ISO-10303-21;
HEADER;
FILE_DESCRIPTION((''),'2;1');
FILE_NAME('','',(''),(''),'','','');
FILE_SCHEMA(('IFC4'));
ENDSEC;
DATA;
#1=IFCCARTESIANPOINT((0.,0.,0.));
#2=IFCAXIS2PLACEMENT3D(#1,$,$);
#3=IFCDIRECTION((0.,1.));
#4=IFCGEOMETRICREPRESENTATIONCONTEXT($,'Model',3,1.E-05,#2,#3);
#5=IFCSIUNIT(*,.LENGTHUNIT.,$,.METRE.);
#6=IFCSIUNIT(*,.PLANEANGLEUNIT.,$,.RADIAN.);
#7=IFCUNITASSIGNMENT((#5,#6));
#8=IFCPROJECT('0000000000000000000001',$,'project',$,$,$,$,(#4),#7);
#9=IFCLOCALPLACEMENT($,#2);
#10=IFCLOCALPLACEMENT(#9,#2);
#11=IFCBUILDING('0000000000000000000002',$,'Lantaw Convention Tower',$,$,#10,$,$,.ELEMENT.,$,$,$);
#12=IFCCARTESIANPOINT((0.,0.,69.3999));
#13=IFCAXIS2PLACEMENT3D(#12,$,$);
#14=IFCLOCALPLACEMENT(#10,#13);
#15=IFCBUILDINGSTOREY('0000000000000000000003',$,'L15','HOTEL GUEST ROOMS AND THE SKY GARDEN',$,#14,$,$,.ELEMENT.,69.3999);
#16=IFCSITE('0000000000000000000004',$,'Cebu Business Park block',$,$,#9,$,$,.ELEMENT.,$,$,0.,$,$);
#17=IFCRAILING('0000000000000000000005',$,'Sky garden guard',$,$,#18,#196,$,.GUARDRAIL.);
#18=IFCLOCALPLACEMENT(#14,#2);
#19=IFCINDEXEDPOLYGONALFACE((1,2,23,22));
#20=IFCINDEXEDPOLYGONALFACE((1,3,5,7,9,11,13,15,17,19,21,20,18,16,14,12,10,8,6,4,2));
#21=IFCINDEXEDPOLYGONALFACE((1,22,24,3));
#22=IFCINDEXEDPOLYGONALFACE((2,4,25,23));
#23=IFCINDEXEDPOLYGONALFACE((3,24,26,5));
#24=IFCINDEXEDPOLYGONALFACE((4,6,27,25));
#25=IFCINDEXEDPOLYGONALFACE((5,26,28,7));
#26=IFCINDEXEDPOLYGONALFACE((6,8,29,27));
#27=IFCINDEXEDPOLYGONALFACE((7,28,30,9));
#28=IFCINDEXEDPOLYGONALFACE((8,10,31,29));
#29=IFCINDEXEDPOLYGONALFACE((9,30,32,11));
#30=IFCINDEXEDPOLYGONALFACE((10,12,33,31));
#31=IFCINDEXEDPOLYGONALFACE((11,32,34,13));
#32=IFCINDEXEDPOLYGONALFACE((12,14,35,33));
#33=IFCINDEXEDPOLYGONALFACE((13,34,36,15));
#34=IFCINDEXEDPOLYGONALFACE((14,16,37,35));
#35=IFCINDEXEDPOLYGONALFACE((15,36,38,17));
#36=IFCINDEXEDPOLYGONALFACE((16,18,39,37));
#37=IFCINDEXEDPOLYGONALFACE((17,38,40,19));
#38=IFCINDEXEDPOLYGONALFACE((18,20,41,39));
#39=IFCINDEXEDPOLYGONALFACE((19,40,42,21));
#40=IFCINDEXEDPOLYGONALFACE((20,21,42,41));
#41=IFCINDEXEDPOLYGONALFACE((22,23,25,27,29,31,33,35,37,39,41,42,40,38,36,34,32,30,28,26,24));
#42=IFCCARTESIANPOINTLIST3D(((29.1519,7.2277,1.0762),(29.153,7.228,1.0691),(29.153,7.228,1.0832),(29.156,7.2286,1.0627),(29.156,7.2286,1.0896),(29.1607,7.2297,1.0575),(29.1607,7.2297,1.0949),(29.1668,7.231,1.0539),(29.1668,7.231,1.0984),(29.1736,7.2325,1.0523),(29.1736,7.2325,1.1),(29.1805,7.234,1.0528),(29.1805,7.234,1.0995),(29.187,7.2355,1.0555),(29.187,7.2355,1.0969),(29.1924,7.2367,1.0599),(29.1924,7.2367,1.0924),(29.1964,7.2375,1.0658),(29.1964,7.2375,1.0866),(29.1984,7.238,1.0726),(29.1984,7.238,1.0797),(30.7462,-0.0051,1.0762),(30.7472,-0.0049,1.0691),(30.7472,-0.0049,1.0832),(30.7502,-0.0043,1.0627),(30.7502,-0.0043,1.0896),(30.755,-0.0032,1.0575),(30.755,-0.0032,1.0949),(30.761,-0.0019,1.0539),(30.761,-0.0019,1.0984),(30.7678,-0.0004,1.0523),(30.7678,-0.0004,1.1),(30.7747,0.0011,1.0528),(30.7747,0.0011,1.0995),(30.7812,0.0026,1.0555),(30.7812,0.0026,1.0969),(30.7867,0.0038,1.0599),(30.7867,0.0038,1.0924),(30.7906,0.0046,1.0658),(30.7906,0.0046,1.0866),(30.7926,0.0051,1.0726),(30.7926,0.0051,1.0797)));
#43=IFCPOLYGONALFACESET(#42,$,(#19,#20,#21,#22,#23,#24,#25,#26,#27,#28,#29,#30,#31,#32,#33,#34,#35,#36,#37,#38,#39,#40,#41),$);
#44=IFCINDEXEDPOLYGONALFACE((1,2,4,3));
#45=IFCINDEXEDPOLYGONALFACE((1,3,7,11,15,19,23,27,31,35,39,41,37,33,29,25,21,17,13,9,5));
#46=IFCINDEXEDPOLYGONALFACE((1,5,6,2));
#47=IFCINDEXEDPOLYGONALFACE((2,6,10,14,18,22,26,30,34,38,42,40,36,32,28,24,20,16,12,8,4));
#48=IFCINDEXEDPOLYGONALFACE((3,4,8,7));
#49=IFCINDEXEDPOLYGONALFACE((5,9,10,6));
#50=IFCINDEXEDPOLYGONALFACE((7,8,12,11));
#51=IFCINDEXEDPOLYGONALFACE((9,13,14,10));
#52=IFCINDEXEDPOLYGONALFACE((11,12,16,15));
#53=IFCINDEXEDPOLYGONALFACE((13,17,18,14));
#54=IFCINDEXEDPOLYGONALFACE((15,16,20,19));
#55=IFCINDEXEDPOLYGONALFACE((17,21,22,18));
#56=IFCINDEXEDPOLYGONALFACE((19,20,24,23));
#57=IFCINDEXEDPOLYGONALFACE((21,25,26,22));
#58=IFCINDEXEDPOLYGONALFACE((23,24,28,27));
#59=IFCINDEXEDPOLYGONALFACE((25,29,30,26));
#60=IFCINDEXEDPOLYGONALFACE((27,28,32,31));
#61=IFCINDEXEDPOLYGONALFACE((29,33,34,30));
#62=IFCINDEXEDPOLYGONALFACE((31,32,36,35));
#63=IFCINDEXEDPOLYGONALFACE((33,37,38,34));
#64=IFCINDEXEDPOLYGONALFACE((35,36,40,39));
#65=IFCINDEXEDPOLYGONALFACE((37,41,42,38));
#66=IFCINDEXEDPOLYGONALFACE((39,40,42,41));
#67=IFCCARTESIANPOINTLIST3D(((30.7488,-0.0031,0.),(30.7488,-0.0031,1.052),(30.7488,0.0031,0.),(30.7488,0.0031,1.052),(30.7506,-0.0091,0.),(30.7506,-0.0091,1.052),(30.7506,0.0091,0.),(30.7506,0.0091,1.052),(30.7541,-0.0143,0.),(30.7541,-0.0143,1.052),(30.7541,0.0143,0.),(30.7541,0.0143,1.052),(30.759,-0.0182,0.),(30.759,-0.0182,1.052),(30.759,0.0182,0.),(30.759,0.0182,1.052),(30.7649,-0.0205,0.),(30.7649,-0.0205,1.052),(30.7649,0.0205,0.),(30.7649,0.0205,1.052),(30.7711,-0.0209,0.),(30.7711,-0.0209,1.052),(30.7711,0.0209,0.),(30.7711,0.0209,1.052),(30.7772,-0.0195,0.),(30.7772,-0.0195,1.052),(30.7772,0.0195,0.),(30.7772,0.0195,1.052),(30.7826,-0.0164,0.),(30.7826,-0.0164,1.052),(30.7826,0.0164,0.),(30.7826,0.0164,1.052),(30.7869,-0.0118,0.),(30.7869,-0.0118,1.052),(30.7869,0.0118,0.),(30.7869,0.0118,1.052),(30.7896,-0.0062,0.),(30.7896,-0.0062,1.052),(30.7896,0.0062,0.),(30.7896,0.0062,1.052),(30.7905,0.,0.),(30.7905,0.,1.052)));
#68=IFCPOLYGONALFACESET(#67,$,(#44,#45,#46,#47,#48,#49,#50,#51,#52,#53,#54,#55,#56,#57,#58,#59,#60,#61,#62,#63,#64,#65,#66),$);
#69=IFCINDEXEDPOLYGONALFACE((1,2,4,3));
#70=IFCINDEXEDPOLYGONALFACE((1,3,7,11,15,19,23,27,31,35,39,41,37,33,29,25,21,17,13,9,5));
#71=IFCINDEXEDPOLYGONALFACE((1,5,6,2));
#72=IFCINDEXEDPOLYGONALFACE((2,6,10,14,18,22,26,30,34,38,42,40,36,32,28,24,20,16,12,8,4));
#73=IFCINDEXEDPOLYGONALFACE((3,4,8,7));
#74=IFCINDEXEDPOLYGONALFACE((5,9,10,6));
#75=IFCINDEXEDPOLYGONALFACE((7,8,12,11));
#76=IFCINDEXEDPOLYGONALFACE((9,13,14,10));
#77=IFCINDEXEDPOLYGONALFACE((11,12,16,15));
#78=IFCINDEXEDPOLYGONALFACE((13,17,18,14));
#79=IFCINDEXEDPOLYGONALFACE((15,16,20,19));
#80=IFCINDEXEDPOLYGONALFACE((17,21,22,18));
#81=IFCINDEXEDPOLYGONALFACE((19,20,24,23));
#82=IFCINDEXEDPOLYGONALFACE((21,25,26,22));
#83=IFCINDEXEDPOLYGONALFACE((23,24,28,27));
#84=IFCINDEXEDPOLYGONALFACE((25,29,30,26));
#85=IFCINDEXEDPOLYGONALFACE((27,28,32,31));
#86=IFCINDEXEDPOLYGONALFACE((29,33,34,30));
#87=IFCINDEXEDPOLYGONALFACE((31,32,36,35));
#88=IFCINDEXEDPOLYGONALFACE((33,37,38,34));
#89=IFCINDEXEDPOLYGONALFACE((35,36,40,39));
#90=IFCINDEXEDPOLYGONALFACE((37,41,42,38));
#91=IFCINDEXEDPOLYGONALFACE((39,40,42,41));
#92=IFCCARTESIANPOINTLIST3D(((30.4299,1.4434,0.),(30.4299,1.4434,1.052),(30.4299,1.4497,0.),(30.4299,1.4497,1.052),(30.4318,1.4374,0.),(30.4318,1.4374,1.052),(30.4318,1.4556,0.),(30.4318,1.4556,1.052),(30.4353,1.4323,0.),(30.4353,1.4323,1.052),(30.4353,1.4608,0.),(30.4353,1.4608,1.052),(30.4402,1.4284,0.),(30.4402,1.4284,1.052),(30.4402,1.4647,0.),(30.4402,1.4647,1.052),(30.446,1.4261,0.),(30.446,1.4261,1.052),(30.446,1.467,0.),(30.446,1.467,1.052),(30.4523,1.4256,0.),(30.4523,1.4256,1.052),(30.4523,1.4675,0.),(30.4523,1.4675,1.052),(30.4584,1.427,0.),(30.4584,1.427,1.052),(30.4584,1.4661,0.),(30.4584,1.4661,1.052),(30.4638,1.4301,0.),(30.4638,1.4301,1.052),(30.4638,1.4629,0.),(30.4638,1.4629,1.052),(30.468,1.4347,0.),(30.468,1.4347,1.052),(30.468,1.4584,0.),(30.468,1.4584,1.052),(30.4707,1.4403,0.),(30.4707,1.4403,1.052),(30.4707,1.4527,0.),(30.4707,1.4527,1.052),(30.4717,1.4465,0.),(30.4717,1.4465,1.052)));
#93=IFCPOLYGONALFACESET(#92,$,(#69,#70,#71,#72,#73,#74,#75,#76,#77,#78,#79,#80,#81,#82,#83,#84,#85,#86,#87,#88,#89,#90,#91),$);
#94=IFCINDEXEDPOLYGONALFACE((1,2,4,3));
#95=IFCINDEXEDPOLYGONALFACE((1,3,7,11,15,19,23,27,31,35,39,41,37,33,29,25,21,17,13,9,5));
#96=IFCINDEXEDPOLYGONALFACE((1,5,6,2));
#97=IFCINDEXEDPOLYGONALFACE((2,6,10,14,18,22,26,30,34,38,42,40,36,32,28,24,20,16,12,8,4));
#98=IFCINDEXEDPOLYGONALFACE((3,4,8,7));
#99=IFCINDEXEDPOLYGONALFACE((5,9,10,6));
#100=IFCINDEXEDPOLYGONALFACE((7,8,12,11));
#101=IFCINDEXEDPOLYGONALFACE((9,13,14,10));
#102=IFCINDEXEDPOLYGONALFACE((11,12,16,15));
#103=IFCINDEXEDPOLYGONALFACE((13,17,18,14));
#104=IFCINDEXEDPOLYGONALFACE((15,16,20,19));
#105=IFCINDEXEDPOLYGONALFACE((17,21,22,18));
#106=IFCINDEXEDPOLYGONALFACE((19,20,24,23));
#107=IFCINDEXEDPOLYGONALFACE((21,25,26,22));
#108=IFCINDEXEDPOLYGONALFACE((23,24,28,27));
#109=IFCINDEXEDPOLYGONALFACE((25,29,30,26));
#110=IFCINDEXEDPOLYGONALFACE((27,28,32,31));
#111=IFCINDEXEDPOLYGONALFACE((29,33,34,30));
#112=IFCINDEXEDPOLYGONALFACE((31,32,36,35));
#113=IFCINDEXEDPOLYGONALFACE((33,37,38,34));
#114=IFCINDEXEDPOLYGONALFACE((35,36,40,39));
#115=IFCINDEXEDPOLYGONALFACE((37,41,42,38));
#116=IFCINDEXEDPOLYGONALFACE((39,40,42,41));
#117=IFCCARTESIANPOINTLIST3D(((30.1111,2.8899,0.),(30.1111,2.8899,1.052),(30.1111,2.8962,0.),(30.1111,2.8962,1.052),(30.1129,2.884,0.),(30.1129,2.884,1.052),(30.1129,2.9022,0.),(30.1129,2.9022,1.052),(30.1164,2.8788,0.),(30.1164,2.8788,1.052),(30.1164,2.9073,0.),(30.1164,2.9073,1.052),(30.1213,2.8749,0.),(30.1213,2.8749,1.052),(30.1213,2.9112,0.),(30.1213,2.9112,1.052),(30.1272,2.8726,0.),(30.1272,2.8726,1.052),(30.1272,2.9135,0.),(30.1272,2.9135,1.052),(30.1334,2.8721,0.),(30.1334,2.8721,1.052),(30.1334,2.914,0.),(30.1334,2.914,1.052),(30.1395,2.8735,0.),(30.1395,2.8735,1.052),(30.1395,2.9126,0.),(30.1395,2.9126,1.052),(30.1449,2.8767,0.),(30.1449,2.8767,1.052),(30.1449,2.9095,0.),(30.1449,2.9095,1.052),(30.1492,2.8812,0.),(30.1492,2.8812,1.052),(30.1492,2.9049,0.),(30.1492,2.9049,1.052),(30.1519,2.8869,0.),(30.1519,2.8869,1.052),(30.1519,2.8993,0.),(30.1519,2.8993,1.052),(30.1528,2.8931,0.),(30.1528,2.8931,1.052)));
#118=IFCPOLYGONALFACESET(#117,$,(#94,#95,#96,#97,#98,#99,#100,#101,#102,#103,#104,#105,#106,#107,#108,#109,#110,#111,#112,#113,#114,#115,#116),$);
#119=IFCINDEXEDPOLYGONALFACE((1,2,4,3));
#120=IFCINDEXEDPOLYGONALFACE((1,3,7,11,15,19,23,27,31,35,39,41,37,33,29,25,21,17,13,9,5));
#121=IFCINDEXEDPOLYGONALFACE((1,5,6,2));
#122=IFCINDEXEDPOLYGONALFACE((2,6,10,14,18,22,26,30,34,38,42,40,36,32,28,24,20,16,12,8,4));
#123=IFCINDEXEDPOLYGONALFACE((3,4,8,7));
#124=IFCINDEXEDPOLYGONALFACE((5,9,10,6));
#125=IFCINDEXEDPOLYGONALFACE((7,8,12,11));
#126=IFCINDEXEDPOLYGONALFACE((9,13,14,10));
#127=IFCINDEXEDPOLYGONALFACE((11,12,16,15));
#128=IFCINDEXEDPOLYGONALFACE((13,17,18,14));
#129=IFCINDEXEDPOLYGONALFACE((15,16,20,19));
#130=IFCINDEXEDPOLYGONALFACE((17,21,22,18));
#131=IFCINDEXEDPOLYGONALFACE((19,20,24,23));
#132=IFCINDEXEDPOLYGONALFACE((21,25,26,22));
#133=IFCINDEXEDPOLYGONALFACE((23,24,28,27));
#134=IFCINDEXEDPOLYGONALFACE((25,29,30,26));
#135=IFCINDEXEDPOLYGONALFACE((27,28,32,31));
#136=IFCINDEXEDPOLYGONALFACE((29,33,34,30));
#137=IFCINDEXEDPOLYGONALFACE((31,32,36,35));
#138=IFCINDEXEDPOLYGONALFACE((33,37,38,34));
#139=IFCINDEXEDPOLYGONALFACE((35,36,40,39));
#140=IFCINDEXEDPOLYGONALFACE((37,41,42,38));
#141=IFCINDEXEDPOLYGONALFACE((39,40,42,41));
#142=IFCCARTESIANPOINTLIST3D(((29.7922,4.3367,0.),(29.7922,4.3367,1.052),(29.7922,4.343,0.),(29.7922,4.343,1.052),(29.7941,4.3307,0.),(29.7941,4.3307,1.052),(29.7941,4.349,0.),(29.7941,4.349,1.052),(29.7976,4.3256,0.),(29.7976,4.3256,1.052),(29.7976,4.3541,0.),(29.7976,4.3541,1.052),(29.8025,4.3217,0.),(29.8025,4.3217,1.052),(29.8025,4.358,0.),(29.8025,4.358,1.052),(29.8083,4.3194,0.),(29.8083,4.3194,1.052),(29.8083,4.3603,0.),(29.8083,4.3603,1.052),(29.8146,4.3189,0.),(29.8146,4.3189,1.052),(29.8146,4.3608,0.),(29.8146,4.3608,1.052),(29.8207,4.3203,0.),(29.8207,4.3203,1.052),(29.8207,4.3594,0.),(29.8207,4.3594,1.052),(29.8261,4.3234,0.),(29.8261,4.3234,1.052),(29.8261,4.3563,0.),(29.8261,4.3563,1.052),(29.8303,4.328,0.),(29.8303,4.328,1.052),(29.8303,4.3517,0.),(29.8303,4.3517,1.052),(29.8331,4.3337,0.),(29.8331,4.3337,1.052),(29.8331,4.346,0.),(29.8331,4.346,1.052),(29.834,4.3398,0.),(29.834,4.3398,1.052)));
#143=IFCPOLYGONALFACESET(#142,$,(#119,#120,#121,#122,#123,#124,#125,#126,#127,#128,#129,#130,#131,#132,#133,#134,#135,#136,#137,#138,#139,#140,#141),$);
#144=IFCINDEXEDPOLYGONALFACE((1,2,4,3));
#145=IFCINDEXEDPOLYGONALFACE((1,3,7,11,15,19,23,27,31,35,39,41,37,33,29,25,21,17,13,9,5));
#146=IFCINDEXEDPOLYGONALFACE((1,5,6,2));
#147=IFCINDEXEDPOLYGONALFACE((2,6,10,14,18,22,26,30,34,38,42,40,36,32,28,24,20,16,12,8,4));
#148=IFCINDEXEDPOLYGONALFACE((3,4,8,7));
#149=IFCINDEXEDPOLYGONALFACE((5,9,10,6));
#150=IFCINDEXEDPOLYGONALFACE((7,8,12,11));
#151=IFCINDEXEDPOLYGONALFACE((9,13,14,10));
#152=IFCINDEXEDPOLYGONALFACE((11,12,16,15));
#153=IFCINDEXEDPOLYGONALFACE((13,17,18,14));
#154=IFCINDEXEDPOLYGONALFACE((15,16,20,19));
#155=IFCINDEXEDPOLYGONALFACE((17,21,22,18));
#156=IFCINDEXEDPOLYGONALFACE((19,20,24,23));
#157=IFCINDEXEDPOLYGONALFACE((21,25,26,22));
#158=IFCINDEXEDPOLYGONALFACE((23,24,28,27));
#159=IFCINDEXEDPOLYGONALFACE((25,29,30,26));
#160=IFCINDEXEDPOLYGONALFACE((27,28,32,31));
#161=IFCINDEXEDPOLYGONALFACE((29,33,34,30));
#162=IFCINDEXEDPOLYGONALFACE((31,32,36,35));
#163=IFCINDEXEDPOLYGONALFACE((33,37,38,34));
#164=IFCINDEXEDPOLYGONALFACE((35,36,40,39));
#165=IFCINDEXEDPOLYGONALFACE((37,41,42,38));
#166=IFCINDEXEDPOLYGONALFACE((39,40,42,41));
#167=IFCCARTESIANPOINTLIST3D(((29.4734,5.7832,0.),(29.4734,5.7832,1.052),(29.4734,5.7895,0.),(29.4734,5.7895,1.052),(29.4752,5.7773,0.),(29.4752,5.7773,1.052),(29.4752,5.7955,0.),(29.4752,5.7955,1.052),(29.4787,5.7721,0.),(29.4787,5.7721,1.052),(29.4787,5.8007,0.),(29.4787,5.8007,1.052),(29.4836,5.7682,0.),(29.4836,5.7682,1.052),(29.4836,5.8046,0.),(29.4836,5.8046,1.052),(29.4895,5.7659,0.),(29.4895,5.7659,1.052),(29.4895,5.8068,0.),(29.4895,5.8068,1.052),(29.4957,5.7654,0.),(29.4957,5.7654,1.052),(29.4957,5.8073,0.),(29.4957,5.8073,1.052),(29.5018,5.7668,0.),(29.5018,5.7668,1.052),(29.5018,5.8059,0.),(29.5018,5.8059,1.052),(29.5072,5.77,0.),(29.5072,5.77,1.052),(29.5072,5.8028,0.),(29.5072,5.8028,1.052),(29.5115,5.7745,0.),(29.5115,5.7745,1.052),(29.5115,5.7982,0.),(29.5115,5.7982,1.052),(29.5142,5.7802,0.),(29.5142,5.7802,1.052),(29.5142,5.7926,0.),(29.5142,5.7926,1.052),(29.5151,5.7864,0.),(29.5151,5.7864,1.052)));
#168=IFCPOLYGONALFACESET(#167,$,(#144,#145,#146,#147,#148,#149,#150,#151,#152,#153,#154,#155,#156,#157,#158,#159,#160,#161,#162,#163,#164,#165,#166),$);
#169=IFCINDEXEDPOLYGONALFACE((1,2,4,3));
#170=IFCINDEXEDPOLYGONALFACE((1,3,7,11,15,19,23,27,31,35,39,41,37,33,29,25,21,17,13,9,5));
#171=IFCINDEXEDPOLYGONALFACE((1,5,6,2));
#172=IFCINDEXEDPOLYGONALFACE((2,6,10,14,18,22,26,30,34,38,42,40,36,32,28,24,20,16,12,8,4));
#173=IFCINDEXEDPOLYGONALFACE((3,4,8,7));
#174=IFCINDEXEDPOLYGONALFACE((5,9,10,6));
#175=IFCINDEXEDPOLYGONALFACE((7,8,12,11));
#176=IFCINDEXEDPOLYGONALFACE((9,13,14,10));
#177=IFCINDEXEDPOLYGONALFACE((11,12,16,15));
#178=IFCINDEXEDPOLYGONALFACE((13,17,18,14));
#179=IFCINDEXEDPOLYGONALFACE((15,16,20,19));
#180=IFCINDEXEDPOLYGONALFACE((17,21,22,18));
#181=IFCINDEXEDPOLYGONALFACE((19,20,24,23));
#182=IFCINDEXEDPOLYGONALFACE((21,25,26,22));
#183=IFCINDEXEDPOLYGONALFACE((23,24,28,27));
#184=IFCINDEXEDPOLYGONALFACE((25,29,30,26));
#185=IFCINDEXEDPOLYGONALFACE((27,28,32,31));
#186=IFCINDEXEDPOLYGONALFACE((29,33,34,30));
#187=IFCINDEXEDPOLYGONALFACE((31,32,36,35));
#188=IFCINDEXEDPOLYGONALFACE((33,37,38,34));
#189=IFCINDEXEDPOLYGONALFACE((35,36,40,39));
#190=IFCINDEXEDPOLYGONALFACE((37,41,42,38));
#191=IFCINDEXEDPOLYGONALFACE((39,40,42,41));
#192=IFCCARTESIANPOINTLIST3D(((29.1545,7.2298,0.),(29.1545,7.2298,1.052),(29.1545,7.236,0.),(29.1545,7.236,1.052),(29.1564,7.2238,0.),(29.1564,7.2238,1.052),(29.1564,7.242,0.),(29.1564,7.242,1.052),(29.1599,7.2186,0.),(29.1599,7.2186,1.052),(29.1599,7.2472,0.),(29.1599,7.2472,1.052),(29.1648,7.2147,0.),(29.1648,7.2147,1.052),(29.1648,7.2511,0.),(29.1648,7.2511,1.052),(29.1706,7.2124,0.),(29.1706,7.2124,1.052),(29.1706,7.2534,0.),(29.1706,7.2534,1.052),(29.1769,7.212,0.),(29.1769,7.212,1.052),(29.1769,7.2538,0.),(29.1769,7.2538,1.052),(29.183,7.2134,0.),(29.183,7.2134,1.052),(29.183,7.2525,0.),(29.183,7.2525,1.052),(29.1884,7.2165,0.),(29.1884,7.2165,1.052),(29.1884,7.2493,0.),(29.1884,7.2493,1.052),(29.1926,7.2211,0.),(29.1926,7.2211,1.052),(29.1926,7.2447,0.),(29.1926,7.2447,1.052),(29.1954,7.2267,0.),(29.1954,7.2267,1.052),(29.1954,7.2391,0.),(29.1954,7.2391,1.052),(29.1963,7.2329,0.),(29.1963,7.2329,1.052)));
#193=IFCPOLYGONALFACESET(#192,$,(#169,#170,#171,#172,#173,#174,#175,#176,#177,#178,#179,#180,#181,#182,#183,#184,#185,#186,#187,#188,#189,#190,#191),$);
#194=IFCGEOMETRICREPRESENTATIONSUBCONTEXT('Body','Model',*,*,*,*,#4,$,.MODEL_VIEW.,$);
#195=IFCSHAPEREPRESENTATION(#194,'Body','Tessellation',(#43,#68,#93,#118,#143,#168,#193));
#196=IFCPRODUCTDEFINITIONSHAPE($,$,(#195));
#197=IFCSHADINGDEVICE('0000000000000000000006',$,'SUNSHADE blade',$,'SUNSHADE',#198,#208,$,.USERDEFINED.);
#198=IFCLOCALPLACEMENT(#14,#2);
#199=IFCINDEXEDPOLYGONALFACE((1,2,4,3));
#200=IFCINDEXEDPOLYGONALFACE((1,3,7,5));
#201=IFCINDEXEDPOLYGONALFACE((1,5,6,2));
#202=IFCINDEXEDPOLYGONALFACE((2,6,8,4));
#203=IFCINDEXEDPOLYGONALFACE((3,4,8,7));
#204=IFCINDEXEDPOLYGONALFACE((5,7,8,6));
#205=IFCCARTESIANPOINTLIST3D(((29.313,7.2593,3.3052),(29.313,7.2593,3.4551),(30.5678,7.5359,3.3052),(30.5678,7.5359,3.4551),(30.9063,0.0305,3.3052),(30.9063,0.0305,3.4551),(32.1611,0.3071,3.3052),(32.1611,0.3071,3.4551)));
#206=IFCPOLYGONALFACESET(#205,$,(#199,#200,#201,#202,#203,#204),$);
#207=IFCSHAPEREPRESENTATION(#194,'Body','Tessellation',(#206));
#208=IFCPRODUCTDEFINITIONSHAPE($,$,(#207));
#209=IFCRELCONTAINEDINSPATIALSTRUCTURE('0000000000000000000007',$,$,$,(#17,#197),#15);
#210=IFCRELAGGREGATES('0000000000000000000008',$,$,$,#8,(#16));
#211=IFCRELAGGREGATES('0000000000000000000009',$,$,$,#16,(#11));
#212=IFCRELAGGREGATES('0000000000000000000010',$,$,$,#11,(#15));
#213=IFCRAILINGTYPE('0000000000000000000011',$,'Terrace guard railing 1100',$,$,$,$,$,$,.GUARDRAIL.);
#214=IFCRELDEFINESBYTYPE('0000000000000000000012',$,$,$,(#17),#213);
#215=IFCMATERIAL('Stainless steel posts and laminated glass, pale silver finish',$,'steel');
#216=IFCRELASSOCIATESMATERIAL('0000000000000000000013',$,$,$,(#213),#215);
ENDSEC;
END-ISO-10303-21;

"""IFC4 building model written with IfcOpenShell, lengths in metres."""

from ifc_helpers import new_model, si_unit, direction, frame, origin, origin_2d, place, context, subcontext, project, spatial, rectangle, circle, extrude, material, type_object, element, save


model = new_model("IFC4")

# Units and contexts
model_context = context("Model", 3, precision=1e-05, world=origin(), true_north=direction((0.0, 1.0)))
body_context = subcontext(model_context, "Body", "Model", "MODEL_VIEW")
ifc_project = project(units=[si_unit("LENGTHUNIT", "METRE"), si_unit("PLANEANGLEUNIT", "RADIAN")], contexts=[model_context])

# Site, building, storey
site_placement = place(None, origin())
site = spatial("IfcSite", under=ifc_project, at=site_placement, Name="Cebu Business Park block", CompositionType="ELEMENT", RefElevation=0.0)
building_placement = place(site_placement, origin())
building = spatial("IfcBuilding", under=site, at=building_placement, Name="Lantaw Convention Tower", CompositionType="ELEMENT")
storey_placement = place(building_placement, frame((0.0, 0.0, 69.3999)))
storey = spatial("IfcBuildingStorey", under=building, at=storey_placement, Name="L15", Description="HOTEL GUEST ROOMS AND THE SKY GARDEN", CompositionType="ELEMENT", Elevation=69.3999)

# Railing
ifc_material_1 = material(Name="Stainless steel posts and laminated glass, pale silver finish", Category="steel")
railing_type = type_object("IfcRailingType", Name="Terrace guard railing 1100", PredefinedType="GUARDRAIL", material=ifc_material_1)
railing_placement = place(storey_placement, frame((30.7695, 0.0, 0.0)))
element("IfcRailing", 1, at=railing_placement, inside=storey, type_object=railing_type, Name="Sky garden guard", PredefinedType="GUARDRAIL", context=body_context, shape_type="SweptSolid", body=[
    extrude(circle(Radius=0.0239, at=origin_2d()), frame((0.0, 0.0, 1.0762), z_axis=(-0.215248, 0.976559, 0.0), x_axis=(-0.976559, -0.215248, 0.0)), (0.0, 0.0, 1.0), 7.4065),
    extrude(circle(Radius=0.021, at=origin_2d()), origin(), (0.0, 0.0, 1.0), 1.052),
    extrude(circle(Radius=0.021, at=origin_2d()), frame((-0.3188, 1.4465, 0.0)), (0.0, 0.0, 1.0), 1.052),
    extrude(circle(Radius=0.021, at=origin_2d()), frame((-0.6377, 2.8931, 0.0)), (0.0, 0.0, 1.0), 1.052),
    extrude(circle(Radius=0.021, at=origin_2d()), frame((-0.9565, 4.3398, 0.0)), (0.0, 0.0, 1.0), 1.052),
    extrude(circle(Radius=0.021, at=origin_2d()), frame((-1.2754, 5.7864, 0.0)), (0.0, 0.0, 1.0), 1.052),
    extrude(circle(Radius=0.021, at=origin_2d()), frame((-1.5942, 7.2329, 0.0)), (0.0, 0.0, 1.0), 1.052),
])

# Shading device
shading_device_placement = place(storey_placement, frame((30.7371, 3.7832, 3.3052), z_axis=(0.0, 0.0, 1.0), x_axis=(-0.215246, 0.97656, 0.0)))
element("IfcShadingDevice", 2, at=shading_device_placement, inside=storey, Name="SUNSHADE blade", ObjectType="SUNSHADE", PredefinedType="USERDEFINED", context=body_context, shape_type="SweptSolid", body=[
    extrude(rectangle(XDim=7.4023, YDim=1.2849, at=origin_2d()), origin(), (0.0, 0.0, 1.0), 0.1499),
])

save(model, "model.ifc")
